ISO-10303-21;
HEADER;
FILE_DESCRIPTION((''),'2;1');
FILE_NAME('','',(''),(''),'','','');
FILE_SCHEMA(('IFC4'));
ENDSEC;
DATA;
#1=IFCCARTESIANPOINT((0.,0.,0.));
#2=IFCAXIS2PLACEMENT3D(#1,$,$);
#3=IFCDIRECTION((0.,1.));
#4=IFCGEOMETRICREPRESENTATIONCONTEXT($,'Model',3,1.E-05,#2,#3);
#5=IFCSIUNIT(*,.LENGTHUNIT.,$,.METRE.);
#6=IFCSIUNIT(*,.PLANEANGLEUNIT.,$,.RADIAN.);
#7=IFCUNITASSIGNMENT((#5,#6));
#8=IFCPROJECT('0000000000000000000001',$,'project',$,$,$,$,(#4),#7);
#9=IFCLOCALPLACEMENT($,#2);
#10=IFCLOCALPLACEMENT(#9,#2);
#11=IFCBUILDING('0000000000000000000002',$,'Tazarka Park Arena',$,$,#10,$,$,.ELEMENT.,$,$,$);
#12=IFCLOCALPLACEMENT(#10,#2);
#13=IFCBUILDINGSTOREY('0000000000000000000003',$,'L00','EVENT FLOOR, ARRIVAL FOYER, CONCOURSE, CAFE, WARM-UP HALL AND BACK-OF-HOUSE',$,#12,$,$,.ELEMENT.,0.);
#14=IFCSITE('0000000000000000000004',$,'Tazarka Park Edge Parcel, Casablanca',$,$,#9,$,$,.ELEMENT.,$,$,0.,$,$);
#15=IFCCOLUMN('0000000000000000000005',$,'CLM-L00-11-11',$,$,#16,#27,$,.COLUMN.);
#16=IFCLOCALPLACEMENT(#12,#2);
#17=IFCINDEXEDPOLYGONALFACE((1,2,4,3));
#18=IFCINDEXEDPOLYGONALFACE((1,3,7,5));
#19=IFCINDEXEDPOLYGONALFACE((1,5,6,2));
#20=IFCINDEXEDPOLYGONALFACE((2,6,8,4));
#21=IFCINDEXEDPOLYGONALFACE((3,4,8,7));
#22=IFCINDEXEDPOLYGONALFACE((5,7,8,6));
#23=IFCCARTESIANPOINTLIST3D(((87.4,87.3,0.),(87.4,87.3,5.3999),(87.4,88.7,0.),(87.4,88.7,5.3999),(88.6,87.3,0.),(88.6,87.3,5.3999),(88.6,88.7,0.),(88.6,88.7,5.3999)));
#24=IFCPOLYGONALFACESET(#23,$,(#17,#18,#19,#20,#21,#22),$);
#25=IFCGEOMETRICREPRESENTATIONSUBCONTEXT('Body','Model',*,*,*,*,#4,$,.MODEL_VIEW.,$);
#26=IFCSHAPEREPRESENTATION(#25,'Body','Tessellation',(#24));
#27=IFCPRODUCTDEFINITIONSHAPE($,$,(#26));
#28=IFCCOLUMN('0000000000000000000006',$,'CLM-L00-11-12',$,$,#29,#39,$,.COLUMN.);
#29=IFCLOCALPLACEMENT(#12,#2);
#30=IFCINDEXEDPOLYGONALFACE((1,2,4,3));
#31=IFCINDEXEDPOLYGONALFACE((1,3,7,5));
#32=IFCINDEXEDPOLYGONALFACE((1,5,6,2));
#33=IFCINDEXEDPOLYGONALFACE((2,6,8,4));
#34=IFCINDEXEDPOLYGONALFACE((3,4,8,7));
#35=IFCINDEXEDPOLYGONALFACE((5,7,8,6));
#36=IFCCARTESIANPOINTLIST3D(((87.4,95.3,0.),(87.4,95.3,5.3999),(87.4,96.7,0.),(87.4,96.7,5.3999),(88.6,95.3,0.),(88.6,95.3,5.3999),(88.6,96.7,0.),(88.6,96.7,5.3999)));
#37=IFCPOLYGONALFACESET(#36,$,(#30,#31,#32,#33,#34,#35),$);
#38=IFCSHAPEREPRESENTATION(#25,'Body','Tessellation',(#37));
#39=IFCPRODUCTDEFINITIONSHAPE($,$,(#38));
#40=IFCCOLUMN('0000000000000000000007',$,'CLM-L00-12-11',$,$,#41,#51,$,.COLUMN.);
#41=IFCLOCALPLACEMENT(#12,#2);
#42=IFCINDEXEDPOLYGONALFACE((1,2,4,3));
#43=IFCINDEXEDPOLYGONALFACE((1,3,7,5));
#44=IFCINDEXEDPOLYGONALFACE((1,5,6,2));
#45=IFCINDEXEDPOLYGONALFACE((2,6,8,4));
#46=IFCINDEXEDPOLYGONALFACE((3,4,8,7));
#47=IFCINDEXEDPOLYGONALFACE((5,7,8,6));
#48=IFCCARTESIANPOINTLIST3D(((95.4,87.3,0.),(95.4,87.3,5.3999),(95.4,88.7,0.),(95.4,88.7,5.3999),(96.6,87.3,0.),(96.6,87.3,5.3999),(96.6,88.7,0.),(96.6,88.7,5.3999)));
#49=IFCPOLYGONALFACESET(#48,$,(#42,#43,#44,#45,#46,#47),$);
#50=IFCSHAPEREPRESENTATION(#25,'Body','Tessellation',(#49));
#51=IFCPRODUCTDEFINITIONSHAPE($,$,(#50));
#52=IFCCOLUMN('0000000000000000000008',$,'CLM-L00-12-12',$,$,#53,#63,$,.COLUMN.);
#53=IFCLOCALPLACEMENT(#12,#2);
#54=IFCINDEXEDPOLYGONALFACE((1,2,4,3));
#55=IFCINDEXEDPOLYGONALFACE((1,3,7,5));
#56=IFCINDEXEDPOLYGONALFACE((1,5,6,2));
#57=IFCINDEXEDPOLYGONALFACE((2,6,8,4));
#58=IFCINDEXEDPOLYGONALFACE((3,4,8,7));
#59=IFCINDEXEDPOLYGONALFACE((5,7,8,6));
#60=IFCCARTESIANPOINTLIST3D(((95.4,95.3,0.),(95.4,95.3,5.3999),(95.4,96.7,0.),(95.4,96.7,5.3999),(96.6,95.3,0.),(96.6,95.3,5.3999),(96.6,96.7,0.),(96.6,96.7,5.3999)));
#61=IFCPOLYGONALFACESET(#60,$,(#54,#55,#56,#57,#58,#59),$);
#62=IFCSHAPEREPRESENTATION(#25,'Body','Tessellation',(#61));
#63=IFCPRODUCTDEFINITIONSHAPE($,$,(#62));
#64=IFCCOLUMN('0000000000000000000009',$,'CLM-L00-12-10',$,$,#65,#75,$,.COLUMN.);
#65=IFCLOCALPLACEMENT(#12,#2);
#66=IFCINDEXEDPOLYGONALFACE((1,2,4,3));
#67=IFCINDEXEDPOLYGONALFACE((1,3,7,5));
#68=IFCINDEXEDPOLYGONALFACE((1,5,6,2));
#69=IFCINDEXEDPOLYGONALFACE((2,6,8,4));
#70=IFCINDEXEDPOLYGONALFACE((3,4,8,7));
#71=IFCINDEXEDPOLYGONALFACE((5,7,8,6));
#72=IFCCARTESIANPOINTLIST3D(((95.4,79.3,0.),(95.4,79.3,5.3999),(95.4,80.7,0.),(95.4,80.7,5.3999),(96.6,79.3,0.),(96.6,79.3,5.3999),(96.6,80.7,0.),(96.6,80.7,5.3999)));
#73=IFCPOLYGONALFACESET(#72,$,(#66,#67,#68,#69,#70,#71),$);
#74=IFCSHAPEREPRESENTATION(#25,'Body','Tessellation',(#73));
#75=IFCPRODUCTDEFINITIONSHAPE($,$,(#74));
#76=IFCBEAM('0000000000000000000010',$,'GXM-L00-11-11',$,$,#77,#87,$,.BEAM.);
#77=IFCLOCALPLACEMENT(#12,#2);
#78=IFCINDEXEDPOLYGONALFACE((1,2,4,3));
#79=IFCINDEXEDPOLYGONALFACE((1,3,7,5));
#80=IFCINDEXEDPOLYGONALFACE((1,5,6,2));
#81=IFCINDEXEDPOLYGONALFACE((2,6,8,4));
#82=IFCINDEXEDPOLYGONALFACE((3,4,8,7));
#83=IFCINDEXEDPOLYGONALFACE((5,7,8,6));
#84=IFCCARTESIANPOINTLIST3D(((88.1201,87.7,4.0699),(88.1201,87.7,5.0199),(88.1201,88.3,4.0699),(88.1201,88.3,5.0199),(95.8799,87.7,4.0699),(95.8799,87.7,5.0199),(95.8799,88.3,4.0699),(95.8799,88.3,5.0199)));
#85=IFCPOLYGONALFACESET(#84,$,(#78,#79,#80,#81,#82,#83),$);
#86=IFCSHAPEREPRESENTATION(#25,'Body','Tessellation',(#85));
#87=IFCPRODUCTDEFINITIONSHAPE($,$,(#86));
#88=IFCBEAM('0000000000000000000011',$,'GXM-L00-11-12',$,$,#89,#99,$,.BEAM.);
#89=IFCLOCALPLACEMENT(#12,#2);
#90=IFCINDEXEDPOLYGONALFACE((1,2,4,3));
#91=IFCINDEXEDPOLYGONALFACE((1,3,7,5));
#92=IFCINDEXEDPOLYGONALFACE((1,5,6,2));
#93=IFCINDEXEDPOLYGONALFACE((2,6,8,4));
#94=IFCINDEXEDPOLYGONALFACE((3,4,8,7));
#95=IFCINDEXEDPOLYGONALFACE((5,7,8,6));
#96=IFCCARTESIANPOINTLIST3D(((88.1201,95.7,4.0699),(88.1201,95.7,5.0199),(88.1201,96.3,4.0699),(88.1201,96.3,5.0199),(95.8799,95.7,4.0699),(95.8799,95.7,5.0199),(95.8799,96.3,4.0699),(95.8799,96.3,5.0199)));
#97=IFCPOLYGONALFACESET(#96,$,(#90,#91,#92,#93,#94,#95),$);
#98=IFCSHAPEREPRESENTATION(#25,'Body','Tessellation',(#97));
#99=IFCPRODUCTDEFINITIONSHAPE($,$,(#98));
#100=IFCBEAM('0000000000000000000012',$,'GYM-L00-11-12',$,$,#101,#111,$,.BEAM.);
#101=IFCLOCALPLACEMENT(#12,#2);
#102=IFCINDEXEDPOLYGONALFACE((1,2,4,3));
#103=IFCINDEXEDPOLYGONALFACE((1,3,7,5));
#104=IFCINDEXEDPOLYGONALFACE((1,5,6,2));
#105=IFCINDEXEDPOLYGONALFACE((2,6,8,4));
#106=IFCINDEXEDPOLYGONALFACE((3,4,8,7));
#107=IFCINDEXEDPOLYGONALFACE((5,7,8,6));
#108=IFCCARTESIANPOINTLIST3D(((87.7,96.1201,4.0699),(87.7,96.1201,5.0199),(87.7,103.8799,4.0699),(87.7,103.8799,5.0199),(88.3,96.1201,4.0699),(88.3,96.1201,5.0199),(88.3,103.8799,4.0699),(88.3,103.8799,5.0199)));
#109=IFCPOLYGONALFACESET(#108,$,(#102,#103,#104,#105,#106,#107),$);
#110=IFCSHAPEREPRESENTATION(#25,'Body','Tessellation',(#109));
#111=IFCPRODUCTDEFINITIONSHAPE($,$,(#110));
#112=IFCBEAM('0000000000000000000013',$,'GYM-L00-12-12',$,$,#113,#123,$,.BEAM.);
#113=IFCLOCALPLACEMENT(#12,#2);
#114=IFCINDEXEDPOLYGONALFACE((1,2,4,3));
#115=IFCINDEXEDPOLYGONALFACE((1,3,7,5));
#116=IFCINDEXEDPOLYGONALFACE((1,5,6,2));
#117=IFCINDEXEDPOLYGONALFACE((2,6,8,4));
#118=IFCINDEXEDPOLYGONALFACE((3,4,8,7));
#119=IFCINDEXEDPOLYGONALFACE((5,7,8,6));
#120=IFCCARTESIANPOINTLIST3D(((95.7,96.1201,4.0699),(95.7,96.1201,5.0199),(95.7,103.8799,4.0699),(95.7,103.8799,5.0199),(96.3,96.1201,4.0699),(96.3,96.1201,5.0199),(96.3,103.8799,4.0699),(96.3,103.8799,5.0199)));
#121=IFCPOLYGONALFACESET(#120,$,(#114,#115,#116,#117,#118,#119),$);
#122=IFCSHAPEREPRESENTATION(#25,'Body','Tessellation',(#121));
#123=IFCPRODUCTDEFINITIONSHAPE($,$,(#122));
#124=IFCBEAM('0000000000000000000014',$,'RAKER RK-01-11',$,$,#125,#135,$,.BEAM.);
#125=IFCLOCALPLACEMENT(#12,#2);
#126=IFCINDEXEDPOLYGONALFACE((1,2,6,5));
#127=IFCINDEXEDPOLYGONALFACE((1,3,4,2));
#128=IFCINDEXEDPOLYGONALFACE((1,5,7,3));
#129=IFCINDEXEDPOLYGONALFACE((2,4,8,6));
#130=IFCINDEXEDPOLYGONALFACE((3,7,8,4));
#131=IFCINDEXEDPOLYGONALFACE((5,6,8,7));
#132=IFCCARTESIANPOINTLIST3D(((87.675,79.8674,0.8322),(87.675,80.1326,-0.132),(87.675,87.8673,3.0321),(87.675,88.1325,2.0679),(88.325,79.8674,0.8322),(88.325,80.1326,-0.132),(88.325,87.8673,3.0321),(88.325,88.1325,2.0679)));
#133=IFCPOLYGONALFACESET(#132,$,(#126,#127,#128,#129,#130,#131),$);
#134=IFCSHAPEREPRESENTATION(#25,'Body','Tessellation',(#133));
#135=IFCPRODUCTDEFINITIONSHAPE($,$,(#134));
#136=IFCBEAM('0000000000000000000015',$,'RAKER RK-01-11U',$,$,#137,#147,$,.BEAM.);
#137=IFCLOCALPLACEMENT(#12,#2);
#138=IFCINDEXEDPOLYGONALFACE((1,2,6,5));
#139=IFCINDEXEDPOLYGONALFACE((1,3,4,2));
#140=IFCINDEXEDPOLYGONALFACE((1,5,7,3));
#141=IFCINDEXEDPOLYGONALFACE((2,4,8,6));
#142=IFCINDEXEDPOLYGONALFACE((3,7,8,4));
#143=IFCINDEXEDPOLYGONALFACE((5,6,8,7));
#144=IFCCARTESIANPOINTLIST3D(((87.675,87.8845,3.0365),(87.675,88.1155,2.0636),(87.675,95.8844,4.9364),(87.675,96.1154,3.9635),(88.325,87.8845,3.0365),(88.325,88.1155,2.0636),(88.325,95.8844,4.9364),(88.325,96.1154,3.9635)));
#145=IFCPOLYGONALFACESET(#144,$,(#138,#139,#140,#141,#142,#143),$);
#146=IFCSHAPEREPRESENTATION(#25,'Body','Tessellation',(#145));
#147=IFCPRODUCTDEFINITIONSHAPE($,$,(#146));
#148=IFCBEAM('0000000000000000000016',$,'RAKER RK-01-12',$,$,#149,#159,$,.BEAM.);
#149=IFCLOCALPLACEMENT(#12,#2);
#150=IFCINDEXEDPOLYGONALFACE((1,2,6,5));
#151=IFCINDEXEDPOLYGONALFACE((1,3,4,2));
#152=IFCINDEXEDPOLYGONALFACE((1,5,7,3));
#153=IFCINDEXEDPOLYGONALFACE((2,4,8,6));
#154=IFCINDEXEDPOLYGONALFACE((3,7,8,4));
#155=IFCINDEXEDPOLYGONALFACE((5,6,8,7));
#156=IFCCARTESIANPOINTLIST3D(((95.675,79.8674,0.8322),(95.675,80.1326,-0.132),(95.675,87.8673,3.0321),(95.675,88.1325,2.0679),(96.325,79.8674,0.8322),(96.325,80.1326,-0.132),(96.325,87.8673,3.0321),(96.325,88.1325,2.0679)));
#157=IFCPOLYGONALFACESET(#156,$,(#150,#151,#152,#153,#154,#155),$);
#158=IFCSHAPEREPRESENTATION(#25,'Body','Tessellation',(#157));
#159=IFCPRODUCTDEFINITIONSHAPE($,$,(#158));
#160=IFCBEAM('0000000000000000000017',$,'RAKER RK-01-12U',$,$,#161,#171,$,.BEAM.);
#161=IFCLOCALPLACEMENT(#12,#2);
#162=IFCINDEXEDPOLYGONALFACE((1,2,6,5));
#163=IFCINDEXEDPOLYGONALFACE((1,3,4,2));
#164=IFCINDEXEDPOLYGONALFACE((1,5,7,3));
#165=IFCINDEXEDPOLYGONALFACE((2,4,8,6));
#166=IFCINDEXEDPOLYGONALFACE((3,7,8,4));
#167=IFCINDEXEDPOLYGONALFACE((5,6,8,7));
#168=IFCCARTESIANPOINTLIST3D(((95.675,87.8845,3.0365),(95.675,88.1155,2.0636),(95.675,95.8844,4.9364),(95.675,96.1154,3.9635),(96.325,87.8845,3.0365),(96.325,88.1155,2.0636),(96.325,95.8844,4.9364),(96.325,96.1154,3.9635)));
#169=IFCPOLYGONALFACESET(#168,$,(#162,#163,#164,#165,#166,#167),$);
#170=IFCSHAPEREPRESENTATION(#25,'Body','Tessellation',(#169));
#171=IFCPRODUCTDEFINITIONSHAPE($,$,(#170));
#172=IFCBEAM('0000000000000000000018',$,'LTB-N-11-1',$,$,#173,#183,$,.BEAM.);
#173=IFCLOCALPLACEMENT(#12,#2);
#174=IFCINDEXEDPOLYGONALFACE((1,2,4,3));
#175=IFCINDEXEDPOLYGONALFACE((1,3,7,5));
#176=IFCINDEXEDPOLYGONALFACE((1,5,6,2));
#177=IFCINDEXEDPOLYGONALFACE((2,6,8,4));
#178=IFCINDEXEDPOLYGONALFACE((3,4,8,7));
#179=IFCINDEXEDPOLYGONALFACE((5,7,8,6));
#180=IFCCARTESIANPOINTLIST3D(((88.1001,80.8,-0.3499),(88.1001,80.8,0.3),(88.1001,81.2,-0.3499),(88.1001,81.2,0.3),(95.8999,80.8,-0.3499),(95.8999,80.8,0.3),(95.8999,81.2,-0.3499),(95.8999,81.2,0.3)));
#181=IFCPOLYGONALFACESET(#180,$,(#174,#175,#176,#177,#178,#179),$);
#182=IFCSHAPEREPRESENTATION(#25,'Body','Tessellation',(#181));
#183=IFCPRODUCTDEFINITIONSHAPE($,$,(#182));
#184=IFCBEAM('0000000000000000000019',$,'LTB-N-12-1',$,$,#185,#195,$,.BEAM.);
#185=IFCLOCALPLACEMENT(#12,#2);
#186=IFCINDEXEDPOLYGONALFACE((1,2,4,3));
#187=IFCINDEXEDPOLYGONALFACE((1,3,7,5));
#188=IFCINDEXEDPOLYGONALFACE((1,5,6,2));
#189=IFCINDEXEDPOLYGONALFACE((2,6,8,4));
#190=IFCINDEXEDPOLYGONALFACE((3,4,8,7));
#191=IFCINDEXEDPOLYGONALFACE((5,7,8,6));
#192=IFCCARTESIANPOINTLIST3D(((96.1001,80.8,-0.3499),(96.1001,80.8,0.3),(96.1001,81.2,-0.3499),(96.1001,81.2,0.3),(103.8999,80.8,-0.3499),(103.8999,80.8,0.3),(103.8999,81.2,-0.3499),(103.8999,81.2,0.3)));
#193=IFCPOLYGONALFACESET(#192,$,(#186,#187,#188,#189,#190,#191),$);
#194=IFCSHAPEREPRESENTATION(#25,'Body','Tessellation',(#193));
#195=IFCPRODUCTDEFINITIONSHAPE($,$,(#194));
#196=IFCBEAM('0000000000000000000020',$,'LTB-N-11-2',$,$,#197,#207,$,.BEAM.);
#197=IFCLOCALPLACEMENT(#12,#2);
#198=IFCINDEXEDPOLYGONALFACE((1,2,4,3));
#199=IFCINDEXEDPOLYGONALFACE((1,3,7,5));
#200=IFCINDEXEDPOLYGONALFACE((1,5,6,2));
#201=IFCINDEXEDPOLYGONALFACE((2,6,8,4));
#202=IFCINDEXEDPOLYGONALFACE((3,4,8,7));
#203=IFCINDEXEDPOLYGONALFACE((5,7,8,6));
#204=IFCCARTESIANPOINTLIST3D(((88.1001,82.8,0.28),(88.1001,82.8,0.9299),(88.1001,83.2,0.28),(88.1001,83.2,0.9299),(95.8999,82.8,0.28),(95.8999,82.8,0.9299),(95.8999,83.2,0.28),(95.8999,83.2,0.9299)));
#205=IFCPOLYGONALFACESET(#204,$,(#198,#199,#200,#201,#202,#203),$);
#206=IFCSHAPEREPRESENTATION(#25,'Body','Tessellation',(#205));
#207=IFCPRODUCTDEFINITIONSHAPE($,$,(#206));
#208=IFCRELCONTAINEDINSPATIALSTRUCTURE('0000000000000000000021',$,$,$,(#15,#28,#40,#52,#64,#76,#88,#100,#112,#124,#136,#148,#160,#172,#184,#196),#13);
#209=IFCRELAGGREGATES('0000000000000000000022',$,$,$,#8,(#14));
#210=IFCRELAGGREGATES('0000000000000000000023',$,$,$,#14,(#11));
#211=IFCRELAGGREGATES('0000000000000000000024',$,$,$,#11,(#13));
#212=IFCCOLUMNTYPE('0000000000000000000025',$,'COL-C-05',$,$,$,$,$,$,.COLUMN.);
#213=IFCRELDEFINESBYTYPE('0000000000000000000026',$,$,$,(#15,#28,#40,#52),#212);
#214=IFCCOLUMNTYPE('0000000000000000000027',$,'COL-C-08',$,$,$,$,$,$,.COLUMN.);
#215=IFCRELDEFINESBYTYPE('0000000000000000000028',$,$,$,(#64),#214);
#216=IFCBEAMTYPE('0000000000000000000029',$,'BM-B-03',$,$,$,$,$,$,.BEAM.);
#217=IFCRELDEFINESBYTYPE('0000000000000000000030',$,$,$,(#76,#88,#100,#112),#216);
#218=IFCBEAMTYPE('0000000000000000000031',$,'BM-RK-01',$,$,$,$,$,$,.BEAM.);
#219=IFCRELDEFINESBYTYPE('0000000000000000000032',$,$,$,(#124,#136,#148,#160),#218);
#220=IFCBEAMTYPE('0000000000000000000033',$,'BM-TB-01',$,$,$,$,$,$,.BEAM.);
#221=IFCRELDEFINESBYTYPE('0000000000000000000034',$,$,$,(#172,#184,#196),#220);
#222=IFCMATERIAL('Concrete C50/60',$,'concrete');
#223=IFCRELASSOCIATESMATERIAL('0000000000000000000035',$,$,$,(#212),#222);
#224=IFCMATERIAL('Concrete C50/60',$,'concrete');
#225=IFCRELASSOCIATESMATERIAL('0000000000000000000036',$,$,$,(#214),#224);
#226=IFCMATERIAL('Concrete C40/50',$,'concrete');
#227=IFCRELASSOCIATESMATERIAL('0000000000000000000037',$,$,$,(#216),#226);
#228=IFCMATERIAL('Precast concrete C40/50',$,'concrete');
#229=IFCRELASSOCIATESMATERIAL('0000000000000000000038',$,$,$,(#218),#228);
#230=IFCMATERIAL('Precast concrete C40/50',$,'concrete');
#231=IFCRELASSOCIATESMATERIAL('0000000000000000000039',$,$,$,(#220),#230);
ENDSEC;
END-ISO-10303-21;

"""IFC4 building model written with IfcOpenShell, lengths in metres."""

from ifc_helpers import new_model, si_unit, direction, frame, origin, origin_2d, place, context, subcontext, project, spatial, rectangle, extrude, material, material_profile, profile_set, type_object, element, save


model = new_model("IFC4")

# Units and contexts
model_context = context("Model", 3, precision=1e-05, world=origin(), true_north=direction((0.0, 1.0)))
body_context = subcontext(model_context, "Body", "Model", "MODEL_VIEW")
ifc_project = project(units=[si_unit("LENGTHUNIT", "METRE"), si_unit("PLANEANGLEUNIT", "RADIAN")], contexts=[model_context])

# Site, building, storey
site_placement = place(None, origin())
site = spatial("IfcSite", under=ifc_project, at=site_placement, Name="Tazarka Park Edge Parcel, Casablanca", CompositionType="ELEMENT", RefElevation=0.0)
building_placement = place(site_placement, origin())
building = spatial("IfcBuilding", under=site, at=building_placement, Name="Tazarka Park Arena", CompositionType="ELEMENT")
storey_placement = place(building_placement, origin())
storey = spatial("IfcBuildingStorey", under=building, at=storey_placement, Name="L00", Description="EVENT FLOOR, ARRIVAL FOYER, CONCOURSE, CAFE, WARM-UP HALL AND BACK-OF-HOUSE", CompositionType="ELEMENT", Elevation=0.0)

# Columns
ifc_material_1 = material(Name="Concrete C50/60", Category="concrete")
ifc_material_profile_1 = material_profile(ifc_material_1, rectangle(XDim=1.2, YDim=1.3999, at=origin_2d()), Name="Concrete C50/60")
ifc_profile_set_1 = profile_set([ifc_material_profile_1], Name="Concrete C50/60")
column_type_1 = type_object("IfcColumnType", Name="COL-C-05", PredefinedType="COLUMN", material=ifc_profile_set_1)
for number, where, z_axis, x_axis, name in (
    (1, (88.0, 88.0, 0.0), (0.0, 0.0, 1.0), (1.0, 0.0, 0.0), "CLM-L00-11-11"),
    (2, (88.0, 96.0, 0.0), (0.0, 0.0, 1.0), (1.0, 0.0, 0.0), "CLM-L00-11-12"),
    (3, (96.0, 88.0, 0.0), (0.0, 0.0, 1.0), (1.0, 0.0, 0.0), "CLM-L00-12-11"),
    (4, (96.0, 96.0, 0.0), (0.0, 0.0, 1.0), (1.0, 0.0, 0.0), "CLM-L00-12-12"),
):
    element("IfcColumn", number, at=place(storey_placement, frame(where, z_axis=z_axis, x_axis=x_axis)), inside=storey, type_object=column_type_1, Name=name, PredefinedType="COLUMN", context=body_context, shape_type="SweptSolid", body=[
        extrude(rectangle(XDim=1.2, YDim=1.3999, at=origin_2d()), origin(), (0.0, 0.0, 1.0), 5.3999),
    ])
ifc_material_2 = material(Name="Concrete C50/60", Category="concrete")
ifc_material_profile_2 = material_profile(ifc_material_2, rectangle(XDim=1.2, YDim=1.3999, at=origin_2d()), Name="Concrete C50/60")
ifc_profile_set_2 = profile_set([ifc_material_profile_2], Name="Concrete C50/60")
column_type_2 = type_object("IfcColumnType", Name="COL-C-08", PredefinedType="COLUMN", material=ifc_profile_set_2)
column_placement = place(storey_placement, frame((96.0, 80.0, 0.0), z_axis=(0.0, 0.0, 1.0), x_axis=(1.0, 0.0, 0.0)))
element("IfcColumn", 5, at=column_placement, inside=storey, type_object=column_type_2, Name="CLM-L00-12-10", PredefinedType="COLUMN", context=body_context, shape_type="SweptSolid", body=[
    extrude(rectangle(XDim=1.2, YDim=1.3999, at=origin_2d()), origin(), (0.0, 0.0, 1.0), 5.3999),
])

# Beams
ifc_material_3 = material(Name="Concrete C40/50", Category="concrete")
ifc_material_profile_3 = material_profile(ifc_material_3, rectangle(XDim=0.6001, YDim=0.95, at=origin_2d()), Name="Concrete C40/50")
ifc_profile_set_3 = profile_set([ifc_material_profile_3], Name="Concrete C40/50")
beam_type_1 = type_object("IfcBeamType", Name="BM-B-03", PredefinedType="BEAM", material=ifc_profile_set_3)
for number, where, z_axis, x_axis, name in (
    (6, (88.1201, 88.0, 4.5449), (1.0, 0.0, 0.0), (0.0, 1.0, 0.0), "GXM-L00-11-11"),
    (7, (88.1201, 96.0, 4.5449), (1.0, 0.0, 0.0), (0.0, 1.0, 0.0), "GXM-L00-11-12"),
    (8, (88.0, 96.1201, 4.5449), (0.0, 1.0, 0.0), (-1.0, 0.0, 0.0), "GYM-L00-11-12"),
    (9, (96.0, 96.1201, 4.5449), (0.0, 1.0, 0.0), (-1.0, 0.0, 0.0), "GYM-L00-12-12"),
):
    element("IfcBeam", number, at=place(storey_placement, frame(where, z_axis=z_axis, x_axis=x_axis)), inside=storey, type_object=beam_type_1, Name=name, PredefinedType="BEAM", context=body_context, shape_type="SweptSolid", body=[
        extrude(rectangle(XDim=0.6001, YDim=0.95, at=origin_2d()), origin(), (0.0, 0.0, 1.0), 7.7598),
    ])
ifc_material_4 = material(Name="Precast concrete C40/50", Category="concrete")
ifc_material_profile_4 = material_profile(ifc_material_4, rectangle(XDim=0.6499, YDim=1.0, at=origin_2d()), Name="Precast concrete C40/50")
ifc_profile_set_4 = profile_set([ifc_material_profile_4], Name="Precast concrete C40/50")
beam_type_2 = type_object("IfcBeamType", Name="BM-RK-01", PredefinedType="BEAM", material=ifc_profile_set_4)
beam_1_placement = place(storey_placement, frame((88.0, 80.0, 0.3501), z_axis=(0.0, 0.964207, 0.265151), x_axis=(-1.0, 0.0, 0.0)))
element("IfcBeam", 10, at=beam_1_placement, inside=storey, type_object=beam_type_2, Name="RAKER RK-01-11", PredefinedType="BEAM", context=body_context, shape_type="SweptSolid", body=[
    extrude(rectangle(XDim=0.6499, YDim=1.0, at=origin_2d()), origin(), (0.0, 0.0, 1.0), 8.2969),
])
beam_2_placement = place(storey_placement, frame((88.0, 88.0, 2.55), z_axis=(0.0, 0.972939, 0.231061), x_axis=(-1.0, 0.0, 0.0)))
element("IfcBeam", 11, at=beam_2_placement, inside=storey, type_object=beam_type_2, Name="RAKER RK-01-11U", PredefinedType="BEAM", context=body_context, shape_type="SweptSolid", body=[
    extrude(rectangle(XDim=0.6499, YDim=1.0, at=origin_2d()), origin(), (0.0, 0.0, 1.0), 8.2224),
])
beam_3_placement = place(storey_placement, frame((96.0, 80.0, 0.3501), z_axis=(0.0, 0.964207, 0.265151), x_axis=(-1.0, 0.0, 0.0)))
element("IfcBeam", 12, at=beam_3_placement, inside=storey, type_object=beam_type_2, Name="RAKER RK-01-12", PredefinedType="BEAM", context=body_context, shape_type="SweptSolid", body=[
    extrude(rectangle(XDim=0.6499, YDim=1.0, at=origin_2d()), origin(), (0.0, 0.0, 1.0), 8.2969),
])
beam_4_placement = place(storey_placement, frame((96.0, 88.0, 2.55), z_axis=(0.0, 0.972939, 0.231061), x_axis=(-1.0, 0.0, 0.0)))
element("IfcBeam", 13, at=beam_4_placement, inside=storey, type_object=beam_type_2, Name="RAKER RK-01-12U", PredefinedType="BEAM", context=body_context, shape_type="SweptSolid", body=[
    extrude(rectangle(XDim=0.6499, YDim=1.0, at=origin_2d()), origin(), (0.0, 0.0, 1.0), 8.2224),
])
ifc_material_5 = material(Name="Precast concrete C40/50", Category="concrete")
ifc_material_profile_5 = material_profile(ifc_material_5, rectangle(XDim=0.3999, YDim=0.6499, at=origin_2d()), Name="Precast concrete C40/50")
ifc_profile_set_5 = profile_set([ifc_material_profile_5], Name="Precast concrete C40/50")
beam_type_3 = type_object("IfcBeamType", Name="BM-TB-01", PredefinedType="BEAM", material=ifc_profile_set_5)
for number, where, z_axis, x_axis, name in (
    (14, (88.1001, 81.0, -0.0249), (1.0, 0.0, 0.0), (0.0, 1.0, 0.0), "LTB-N-11-1"),
    (15, (96.1001, 81.0, -0.0249), (1.0, 0.0, 0.0), (0.0, 1.0, 0.0), "LTB-N-12-1"),
    (16, (88.1001, 83.0, 0.605), (1.0, 0.0, 0.0), (0.0, 1.0, 0.0), "LTB-N-11-2"),
):
    element("IfcBeam", number, at=place(storey_placement, frame(where, z_axis=z_axis, x_axis=x_axis)), inside=storey, type_object=beam_type_3, Name=name, PredefinedType="BEAM", context=body_context, shape_type="SweptSolid", body=[
        extrude(rectangle(XDim=0.3999, YDim=0.6499, at=origin_2d()), origin(), (0.0, 0.0, 1.0), 7.7998),
    ])

save(model, "model.ifc")
